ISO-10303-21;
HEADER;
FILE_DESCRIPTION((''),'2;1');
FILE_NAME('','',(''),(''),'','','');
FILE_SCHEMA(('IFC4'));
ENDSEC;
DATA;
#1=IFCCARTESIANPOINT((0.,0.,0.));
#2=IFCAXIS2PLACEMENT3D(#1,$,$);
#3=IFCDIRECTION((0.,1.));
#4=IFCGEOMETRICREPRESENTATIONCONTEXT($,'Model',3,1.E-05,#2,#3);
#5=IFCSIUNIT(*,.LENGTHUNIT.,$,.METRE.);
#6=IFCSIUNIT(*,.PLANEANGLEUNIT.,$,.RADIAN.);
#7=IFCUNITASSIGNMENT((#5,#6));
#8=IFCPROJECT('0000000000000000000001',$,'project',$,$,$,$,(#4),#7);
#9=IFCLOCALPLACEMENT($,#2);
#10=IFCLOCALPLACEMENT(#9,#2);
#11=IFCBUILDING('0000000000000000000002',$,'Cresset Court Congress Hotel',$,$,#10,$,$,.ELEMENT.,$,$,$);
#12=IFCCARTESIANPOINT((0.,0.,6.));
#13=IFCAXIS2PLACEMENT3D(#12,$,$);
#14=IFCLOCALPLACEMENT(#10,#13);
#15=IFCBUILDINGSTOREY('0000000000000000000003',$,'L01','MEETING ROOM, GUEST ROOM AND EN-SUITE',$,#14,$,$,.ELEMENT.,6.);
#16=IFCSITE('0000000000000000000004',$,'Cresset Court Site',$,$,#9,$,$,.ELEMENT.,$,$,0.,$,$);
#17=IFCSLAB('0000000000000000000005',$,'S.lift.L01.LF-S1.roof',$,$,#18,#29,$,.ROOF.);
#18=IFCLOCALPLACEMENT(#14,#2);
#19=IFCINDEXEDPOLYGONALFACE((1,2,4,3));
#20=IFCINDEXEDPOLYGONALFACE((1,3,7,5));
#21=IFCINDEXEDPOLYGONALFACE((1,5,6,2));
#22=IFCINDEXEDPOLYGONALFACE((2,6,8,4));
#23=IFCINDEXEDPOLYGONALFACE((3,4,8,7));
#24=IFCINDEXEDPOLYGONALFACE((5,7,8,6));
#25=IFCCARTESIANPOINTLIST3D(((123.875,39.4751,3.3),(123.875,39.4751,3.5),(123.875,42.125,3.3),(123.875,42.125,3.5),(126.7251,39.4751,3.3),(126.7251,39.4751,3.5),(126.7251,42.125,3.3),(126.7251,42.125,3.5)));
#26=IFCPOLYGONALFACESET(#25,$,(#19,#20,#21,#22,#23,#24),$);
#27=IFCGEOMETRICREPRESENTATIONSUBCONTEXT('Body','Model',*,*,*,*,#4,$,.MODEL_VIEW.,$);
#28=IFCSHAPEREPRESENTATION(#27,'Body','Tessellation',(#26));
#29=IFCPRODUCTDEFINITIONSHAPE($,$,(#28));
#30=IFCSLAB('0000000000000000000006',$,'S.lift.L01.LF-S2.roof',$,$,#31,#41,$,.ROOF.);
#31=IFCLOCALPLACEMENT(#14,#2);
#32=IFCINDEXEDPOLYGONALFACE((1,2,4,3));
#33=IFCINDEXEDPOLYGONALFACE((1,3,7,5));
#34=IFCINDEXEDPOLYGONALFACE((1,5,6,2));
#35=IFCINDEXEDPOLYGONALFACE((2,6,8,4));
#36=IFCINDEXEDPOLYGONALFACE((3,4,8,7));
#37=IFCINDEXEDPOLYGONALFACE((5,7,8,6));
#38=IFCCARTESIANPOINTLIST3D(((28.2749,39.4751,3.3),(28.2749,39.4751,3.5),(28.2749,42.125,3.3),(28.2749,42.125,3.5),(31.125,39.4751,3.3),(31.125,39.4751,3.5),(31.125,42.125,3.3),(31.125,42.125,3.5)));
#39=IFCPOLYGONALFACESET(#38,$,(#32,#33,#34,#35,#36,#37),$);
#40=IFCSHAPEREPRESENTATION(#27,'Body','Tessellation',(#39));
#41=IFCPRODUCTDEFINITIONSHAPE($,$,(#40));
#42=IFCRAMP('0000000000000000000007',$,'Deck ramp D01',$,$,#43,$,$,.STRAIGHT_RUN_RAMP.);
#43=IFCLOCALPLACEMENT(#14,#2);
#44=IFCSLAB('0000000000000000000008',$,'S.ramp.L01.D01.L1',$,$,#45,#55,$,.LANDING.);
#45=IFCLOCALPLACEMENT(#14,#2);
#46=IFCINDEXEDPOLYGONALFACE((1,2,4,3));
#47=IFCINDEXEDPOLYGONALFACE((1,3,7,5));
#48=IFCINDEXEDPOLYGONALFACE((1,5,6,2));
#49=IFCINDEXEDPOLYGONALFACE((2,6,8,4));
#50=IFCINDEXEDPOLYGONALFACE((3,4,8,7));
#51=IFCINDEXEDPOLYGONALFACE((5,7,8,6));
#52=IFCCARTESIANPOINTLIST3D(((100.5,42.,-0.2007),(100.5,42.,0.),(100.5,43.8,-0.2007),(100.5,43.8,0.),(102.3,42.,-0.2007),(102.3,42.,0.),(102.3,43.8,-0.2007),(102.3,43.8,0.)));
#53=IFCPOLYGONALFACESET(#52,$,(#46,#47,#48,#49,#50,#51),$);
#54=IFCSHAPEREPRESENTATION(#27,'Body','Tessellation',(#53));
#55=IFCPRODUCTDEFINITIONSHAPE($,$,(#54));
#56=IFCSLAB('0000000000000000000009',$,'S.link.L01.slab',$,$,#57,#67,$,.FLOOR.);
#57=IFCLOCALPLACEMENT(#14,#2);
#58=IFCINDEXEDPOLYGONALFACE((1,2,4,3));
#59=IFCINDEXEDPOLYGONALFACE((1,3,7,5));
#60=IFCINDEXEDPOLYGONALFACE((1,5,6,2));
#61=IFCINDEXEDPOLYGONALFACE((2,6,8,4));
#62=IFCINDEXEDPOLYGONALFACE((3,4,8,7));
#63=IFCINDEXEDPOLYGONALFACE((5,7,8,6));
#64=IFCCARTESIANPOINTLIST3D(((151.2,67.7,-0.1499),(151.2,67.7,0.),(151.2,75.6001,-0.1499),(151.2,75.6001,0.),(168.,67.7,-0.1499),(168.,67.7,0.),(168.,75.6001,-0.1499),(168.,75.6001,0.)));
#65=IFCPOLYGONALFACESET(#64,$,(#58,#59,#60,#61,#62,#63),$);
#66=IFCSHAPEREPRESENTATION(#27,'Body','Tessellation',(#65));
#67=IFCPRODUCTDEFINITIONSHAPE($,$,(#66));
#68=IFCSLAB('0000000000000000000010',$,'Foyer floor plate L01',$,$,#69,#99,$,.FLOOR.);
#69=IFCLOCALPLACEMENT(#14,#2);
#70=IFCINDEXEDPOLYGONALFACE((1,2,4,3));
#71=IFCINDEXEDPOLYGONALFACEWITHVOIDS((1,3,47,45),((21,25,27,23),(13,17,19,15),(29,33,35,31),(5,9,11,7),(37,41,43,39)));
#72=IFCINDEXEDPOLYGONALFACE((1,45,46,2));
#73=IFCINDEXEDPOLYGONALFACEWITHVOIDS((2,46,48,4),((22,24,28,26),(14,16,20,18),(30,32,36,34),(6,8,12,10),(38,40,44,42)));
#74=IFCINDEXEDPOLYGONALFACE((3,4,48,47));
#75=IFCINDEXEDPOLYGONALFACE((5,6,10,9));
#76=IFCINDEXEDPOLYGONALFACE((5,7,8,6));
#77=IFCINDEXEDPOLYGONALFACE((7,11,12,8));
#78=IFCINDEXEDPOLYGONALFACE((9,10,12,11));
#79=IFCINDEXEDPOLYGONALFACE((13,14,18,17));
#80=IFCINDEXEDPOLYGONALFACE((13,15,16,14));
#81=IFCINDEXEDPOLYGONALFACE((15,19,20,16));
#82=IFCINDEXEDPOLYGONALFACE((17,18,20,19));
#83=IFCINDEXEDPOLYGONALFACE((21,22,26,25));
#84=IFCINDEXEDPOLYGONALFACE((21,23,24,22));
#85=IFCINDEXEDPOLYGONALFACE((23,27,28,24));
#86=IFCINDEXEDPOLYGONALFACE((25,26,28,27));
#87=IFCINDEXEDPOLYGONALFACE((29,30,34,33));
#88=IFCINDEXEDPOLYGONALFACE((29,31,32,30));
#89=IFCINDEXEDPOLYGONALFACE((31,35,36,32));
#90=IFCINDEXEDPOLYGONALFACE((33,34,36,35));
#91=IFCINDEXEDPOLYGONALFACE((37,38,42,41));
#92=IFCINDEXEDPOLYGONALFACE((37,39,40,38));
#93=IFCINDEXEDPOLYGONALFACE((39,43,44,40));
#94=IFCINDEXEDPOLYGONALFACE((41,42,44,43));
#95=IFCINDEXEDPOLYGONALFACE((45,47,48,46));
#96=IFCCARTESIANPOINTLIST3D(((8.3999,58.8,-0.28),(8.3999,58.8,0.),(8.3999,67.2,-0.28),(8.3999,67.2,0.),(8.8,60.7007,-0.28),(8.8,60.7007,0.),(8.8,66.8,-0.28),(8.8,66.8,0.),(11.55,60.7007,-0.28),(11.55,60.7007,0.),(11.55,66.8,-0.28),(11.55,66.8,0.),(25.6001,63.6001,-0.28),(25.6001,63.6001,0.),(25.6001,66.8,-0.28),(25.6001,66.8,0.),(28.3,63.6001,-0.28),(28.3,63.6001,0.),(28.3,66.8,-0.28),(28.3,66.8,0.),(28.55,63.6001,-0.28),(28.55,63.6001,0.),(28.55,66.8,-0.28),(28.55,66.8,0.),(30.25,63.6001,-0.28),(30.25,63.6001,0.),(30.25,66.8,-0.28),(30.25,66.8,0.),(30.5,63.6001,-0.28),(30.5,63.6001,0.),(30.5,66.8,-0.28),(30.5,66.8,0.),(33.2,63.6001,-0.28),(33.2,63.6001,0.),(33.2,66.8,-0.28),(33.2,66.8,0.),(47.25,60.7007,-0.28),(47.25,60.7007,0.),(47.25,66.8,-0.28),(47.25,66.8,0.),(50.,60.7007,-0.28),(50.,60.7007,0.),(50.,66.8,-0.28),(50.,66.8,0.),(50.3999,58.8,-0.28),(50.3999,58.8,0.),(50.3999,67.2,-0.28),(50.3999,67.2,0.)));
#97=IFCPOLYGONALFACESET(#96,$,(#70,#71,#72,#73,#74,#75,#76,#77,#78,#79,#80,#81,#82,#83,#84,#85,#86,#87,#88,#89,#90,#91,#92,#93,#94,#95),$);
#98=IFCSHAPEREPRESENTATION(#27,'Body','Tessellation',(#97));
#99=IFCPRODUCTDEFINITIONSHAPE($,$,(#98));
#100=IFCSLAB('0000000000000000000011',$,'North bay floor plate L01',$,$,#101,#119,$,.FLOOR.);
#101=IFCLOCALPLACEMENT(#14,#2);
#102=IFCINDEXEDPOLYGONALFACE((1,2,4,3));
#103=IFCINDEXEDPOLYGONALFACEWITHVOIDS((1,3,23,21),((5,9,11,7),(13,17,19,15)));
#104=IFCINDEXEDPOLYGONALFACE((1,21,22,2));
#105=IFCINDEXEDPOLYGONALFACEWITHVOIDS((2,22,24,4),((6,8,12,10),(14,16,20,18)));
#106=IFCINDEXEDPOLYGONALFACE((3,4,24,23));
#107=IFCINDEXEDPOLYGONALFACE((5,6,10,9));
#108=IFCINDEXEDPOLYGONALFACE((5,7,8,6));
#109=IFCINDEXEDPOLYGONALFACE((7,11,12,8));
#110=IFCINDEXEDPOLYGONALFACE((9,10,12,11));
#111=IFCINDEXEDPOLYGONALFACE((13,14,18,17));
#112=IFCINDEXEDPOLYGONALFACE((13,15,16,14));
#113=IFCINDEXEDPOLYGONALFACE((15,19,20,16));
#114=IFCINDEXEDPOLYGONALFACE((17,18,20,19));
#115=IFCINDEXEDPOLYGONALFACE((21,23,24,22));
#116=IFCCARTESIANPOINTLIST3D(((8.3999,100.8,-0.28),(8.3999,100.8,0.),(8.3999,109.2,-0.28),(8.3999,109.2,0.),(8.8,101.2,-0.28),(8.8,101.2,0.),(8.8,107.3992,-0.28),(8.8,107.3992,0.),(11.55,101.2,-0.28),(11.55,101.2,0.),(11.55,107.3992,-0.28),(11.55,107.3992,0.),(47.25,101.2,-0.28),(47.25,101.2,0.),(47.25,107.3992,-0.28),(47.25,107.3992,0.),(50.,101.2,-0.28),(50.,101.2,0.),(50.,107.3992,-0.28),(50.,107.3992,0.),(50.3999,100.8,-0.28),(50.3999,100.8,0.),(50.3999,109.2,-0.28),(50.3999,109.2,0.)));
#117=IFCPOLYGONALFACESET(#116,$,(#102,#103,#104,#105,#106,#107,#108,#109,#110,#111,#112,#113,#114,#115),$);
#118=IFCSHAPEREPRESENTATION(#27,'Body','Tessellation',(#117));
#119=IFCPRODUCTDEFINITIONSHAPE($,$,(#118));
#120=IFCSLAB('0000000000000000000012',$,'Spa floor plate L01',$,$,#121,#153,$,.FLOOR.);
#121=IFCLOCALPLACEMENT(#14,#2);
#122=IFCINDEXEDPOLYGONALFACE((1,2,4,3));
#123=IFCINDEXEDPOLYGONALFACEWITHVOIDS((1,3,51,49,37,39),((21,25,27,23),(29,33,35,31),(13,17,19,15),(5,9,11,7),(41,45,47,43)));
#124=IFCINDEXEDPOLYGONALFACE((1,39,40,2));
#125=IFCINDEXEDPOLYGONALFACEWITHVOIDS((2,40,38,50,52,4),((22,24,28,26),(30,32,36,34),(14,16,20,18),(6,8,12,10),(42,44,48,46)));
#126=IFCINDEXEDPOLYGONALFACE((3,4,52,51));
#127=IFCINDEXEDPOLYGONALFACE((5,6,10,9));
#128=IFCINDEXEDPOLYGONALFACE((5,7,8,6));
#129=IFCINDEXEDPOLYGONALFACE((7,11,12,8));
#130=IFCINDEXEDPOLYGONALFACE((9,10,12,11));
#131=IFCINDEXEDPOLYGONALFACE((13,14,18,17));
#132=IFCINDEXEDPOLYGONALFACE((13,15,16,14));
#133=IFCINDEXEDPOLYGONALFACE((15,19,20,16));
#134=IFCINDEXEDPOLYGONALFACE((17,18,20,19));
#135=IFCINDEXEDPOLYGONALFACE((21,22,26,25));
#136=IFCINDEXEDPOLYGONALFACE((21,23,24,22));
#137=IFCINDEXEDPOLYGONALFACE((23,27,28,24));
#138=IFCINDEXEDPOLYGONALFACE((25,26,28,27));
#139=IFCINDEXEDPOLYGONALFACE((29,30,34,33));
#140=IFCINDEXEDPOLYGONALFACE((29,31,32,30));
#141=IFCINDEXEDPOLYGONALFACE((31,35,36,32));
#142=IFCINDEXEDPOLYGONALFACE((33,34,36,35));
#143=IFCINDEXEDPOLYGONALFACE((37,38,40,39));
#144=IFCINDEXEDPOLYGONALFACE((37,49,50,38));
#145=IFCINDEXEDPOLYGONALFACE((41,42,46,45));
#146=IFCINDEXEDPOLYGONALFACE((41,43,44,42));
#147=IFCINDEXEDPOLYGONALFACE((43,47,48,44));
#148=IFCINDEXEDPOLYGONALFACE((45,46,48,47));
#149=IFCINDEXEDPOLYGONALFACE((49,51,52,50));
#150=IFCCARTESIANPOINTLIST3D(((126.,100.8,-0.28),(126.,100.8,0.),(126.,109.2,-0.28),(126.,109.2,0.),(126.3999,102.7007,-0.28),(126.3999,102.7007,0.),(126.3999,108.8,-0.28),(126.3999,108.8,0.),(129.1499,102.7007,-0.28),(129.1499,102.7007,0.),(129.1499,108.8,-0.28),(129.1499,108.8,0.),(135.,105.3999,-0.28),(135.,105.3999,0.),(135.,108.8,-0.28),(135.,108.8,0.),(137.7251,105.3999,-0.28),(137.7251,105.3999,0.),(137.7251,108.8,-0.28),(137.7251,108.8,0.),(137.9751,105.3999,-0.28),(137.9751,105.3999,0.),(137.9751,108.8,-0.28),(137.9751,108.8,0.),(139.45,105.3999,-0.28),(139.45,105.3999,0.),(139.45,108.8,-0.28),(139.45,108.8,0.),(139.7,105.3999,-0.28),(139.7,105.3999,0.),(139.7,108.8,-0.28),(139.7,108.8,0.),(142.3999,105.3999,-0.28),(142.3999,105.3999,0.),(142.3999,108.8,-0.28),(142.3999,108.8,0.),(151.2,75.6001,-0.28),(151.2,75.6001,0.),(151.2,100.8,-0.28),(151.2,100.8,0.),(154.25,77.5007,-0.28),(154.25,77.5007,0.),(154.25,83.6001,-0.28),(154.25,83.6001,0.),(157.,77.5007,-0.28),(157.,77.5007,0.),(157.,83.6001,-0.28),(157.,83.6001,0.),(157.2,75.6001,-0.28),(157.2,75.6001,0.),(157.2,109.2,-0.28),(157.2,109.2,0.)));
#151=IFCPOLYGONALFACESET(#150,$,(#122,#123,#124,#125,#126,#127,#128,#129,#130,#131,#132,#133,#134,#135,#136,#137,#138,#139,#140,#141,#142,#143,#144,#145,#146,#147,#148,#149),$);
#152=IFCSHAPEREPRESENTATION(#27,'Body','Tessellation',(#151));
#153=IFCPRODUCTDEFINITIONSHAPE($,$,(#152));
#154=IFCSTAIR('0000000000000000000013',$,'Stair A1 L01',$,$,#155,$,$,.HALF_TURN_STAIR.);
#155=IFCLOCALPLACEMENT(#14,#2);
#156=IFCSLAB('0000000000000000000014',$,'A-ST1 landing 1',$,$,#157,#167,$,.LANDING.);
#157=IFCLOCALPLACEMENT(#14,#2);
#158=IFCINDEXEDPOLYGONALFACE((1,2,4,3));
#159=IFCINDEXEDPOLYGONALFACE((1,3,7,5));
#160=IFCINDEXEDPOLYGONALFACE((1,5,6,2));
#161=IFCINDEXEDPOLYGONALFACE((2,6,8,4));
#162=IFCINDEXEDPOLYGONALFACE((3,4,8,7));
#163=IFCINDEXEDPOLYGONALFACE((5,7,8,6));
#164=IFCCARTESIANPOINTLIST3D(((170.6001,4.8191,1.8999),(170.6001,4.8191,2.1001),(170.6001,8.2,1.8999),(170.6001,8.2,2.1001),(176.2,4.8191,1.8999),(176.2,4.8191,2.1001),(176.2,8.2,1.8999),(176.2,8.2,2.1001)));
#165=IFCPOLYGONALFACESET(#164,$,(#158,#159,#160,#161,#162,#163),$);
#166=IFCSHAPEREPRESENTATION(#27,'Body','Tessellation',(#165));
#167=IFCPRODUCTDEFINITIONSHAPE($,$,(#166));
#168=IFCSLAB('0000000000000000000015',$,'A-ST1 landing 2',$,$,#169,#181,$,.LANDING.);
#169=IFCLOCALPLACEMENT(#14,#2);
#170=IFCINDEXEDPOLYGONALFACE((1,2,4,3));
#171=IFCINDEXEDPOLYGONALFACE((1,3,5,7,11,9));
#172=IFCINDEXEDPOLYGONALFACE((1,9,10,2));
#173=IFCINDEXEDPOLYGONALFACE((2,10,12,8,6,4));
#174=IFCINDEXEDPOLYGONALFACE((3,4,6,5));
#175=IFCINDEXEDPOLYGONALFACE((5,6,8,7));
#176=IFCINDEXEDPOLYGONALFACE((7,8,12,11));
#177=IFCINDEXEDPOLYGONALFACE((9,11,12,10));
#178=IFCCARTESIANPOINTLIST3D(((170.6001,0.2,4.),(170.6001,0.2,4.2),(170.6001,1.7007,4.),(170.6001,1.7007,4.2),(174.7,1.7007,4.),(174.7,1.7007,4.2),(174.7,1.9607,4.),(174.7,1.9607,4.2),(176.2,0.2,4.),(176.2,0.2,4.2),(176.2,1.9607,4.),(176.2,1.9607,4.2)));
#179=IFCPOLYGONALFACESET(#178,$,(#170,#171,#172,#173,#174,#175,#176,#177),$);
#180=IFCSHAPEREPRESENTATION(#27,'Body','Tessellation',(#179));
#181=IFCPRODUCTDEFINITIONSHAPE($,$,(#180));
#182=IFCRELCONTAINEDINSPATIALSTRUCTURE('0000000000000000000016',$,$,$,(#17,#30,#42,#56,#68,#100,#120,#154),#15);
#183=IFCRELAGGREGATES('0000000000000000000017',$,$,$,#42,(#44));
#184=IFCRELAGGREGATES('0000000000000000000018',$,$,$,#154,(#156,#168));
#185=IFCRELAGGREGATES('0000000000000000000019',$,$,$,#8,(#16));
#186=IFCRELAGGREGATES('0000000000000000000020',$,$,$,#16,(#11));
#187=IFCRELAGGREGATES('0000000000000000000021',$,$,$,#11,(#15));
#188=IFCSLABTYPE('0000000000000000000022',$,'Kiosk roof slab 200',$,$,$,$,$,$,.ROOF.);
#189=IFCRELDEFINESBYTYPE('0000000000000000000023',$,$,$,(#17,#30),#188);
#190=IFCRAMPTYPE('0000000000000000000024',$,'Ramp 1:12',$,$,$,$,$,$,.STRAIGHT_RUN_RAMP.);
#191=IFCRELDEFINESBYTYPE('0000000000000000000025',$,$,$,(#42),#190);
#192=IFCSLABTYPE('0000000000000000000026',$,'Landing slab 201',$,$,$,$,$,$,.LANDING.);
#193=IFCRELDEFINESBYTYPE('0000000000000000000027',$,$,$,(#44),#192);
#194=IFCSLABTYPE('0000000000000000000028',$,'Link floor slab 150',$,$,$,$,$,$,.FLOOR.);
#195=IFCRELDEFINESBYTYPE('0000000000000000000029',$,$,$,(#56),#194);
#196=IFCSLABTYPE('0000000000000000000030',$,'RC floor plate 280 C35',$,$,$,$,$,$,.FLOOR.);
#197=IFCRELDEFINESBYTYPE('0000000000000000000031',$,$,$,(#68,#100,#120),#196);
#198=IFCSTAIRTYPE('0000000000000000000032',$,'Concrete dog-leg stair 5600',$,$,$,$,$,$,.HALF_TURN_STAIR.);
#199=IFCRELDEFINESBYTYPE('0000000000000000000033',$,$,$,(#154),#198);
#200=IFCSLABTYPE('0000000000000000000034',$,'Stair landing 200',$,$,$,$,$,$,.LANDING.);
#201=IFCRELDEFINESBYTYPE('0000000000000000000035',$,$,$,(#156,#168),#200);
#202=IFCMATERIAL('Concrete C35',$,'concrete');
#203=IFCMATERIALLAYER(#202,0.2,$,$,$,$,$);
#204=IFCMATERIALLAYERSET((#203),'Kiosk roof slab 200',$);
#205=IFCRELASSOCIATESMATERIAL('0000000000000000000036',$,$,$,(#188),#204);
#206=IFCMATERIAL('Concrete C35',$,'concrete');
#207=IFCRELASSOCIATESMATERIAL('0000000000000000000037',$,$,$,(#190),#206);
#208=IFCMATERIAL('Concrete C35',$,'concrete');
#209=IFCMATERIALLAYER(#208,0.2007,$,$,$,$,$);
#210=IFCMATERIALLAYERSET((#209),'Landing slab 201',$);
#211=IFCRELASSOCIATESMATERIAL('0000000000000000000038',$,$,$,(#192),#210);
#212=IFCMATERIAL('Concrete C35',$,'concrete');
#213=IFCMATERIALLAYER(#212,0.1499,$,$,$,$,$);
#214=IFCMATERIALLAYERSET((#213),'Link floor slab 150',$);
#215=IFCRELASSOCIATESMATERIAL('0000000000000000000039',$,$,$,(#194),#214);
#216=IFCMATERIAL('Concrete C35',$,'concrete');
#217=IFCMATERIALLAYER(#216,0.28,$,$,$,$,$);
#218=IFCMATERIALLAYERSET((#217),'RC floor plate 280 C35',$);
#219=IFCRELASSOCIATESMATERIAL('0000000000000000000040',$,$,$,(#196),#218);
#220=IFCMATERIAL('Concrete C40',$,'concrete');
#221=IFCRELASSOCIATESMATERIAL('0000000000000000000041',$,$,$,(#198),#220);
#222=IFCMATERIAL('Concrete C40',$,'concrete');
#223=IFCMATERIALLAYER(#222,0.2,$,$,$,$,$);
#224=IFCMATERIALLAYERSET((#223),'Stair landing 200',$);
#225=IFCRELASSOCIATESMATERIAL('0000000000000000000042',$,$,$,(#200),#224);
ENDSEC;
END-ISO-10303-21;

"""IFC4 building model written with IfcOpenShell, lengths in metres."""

from ifc_helpers import new_model, si_unit, direction, frame, origin, place, context, subcontext, project, spatial, polyline, outline, extrude, material, layer, layer_set, type_object, element, aggregate, save


model = new_model("IFC4")

# Units and contexts
model_context = context("Model", 3, precision=1e-05, world=origin(), true_north=direction((0.0, 1.0)))
body_context = subcontext(model_context, "Body", "Model", "MODEL_VIEW")
ifc_project = project(units=[si_unit("LENGTHUNIT", "METRE"), si_unit("PLANEANGLEUNIT", "RADIAN")], contexts=[model_context])

# Site, building, storey
site_placement = place(None, origin())
site = spatial("IfcSite", under=ifc_project, at=site_placement, Name="Cresset Court Site", CompositionType="ELEMENT", RefElevation=0.0)
building_placement = place(site_placement, origin())
building = spatial("IfcBuilding", under=site, at=building_placement, Name="Cresset Court Congress Hotel", CompositionType="ELEMENT")
storey_placement = place(building_placement, frame((0.0, 0.0, 6.0)))
storey = spatial("IfcBuildingStorey", under=building, at=storey_placement, Name="L01", Description="MEETING ROOM, GUEST ROOM AND EN-SUITE", CompositionType="ELEMENT", Elevation=6.0)

# Slabs
ifc_material_1 = material(Name="Concrete C35", Category="concrete")
ifc_layer_1 = layer(ifc_material_1, 0.2)
ifc_layer_set_1 = layer_set([ifc_layer_1], Name="Kiosk roof slab 200")
slab_type_1 = type_object("IfcSlabType", Name="Kiosk roof slab 200", PredefinedType="ROOF", material=ifc_layer_set_1)
slab_1_placement = place(storey_placement, frame((0.0, 0.0, 3.3)))
element("IfcSlab", 1, at=slab_1_placement, inside=storey, type_object=slab_type_1, Name="S.lift.L01.LF-S1.roof", PredefinedType="ROOF", context=body_context, shape_type="SweptSolid", body=[
    extrude(outline(polyline([(123.875, 39.4751), (126.7251, 39.4751), (126.7251, 42.125), (123.875, 42.125), (123.875, 39.4751)])), origin(), (0.0, 0.0, 1.0), 0.2),
])
slab_2_placement = place(storey_placement, frame((0.0, 0.0, 3.3)))
element("IfcSlab", 2, at=slab_2_placement, inside=storey, type_object=slab_type_1, Name="S.lift.L01.LF-S2.roof", PredefinedType="ROOF", context=body_context, shape_type="SweptSolid", body=[
    extrude(outline(polyline([(28.2749, 39.4751), (31.125, 39.4751), (31.125, 42.125), (28.2749, 42.125), (28.2749, 39.4751)])), origin(), (0.0, 0.0, 1.0), 0.2),
])

# Ramp, slab
ifc_material_2 = material(Name="Concrete C35", Category="concrete")
ramp_type = type_object("IfcRampType", Name="Ramp 1:12", PredefinedType="STRAIGHT_RUN_RAMP", material=ifc_material_2)
ramp_placement = place(storey_placement, origin())
ramp = element("IfcRamp", 3, at=ramp_placement, inside=storey, type_object=ramp_type, Name="Deck ramp D01", PredefinedType="STRAIGHT_RUN_RAMP")
ifc_material_3 = material(Name="Concrete C35", Category="concrete")
ifc_layer_2 = layer(ifc_material_3, 0.2007)
ifc_layer_set_2 = layer_set([ifc_layer_2], Name="Landing slab 201")
slab_type_2 = type_object("IfcSlabType", Name="Landing slab 201", PredefinedType="LANDING", material=ifc_layer_set_2)
slab_3_placement = place(storey_placement, frame((0.0, 0.0, -0.2007)))
slab_3 = element("IfcSlab", 4, at=slab_3_placement, type_object=slab_type_2, Name="S.ramp.L01.D01.L1", PredefinedType="LANDING", context=body_context, shape_type="SweptSolid", body=[
    extrude(outline(polyline([(100.5, 42.0), (102.3, 42.0), (102.3, 43.8), (100.5, 43.8), (100.5, 42.0)])), origin(), (0.0, 0.0, 1.0), 0.2007),
])
aggregate(ramp, [slab_3])

# Slabs
ifc_material_4 = material(Name="Concrete C35", Category="concrete")
ifc_layer_3 = layer(ifc_material_4, 0.1499)
ifc_layer_set_3 = layer_set([ifc_layer_3], Name="Link floor slab 150")
slab_type_3 = type_object("IfcSlabType", Name="Link floor slab 150", PredefinedType="FLOOR", material=ifc_layer_set_3)
slab_4_placement = place(storey_placement, frame((0.0, 0.0, -0.1499)))
element("IfcSlab", 5, at=slab_4_placement, inside=storey, type_object=slab_type_3, Name="S.link.L01.slab", PredefinedType="FLOOR", context=body_context, shape_type="SweptSolid", body=[
    extrude(outline(polyline([(151.2, 67.7), (168.0, 67.7), (168.0, 75.6001), (151.2, 75.6001), (151.2, 67.7)])), origin(), (0.0, 0.0, 1.0), 0.1499),
])
ifc_material_5 = material(Name="Concrete C35", Category="concrete")
ifc_layer_4 = layer(ifc_material_5, 0.28)
ifc_layer_set_4 = layer_set([ifc_layer_4], Name="RC floor plate 280 C35")
slab_type_4 = type_object("IfcSlabType", Name="RC floor plate 280 C35", PredefinedType="FLOOR", material=ifc_layer_set_4)
slab_5_placement = place(storey_placement, frame((0.0, 0.0, -0.28)))
element("IfcSlab", 6, at=slab_5_placement, inside=storey, type_object=slab_type_4, Name="Foyer floor plate L01", PredefinedType="FLOOR", context=body_context, shape_type="SweptSolid", body=[
    extrude(outline(polyline([(8.3999, 58.8), (50.3999, 58.8), (50.3999, 67.2), (8.3999, 67.2), (8.3999, 58.8)]), holes=[polyline([(11.55, 60.7007), (11.55, 66.8), (8.8, 66.8), (8.8, 60.7007), (11.55, 60.7007)]), polyline([(50.0, 60.7007), (50.0, 66.8), (47.25, 66.8), (47.25, 60.7007), (50.0, 60.7007)]), polyline([(25.6001, 63.6001), (28.3, 63.6001), (28.3, 66.8), (25.6001, 66.8), (25.6001, 63.6001)]), polyline([(30.5, 63.6001), (33.2, 63.6001), (33.2, 66.8), (30.5, 66.8), (30.5, 63.6001)]), polyline([(28.55, 63.6001), (30.25, 63.6001), (30.25, 66.8), (28.55, 66.8), (28.55, 63.6001)])]), origin(), (0.0, 0.0, 1.0), 0.28),
])
slab_6_placement = place(storey_placement, frame((0.0, 0.0, -0.28)))
element("IfcSlab", 7, at=slab_6_placement, inside=storey, type_object=slab_type_4, Name="North bay floor plate L01", PredefinedType="FLOOR", context=body_context, shape_type="SweptSolid", body=[
    extrude(outline(polyline([(8.3999, 100.8), (50.3999, 100.8), (50.3999, 109.2), (8.3999, 109.2), (8.3999, 100.8)]), holes=[polyline([(8.8, 107.3992), (8.8, 101.2), (11.55, 101.2), (11.55, 107.3992), (8.8, 107.3992)]), polyline([(47.25, 107.3992), (47.25, 101.2), (50.0, 101.2), (50.0, 107.3992), (47.25, 107.3992)])]), origin(), (0.0, 0.0, 1.0), 0.28),
])
slab_7_placement = place(storey_placement, frame((0.0, 0.0, -0.28)))
element("IfcSlab", 8, at=slab_7_placement, inside=storey, type_object=slab_type_4, Name="Spa floor plate L01", PredefinedType="FLOOR", context=body_context, shape_type="SweptSolid", body=[
    extrude(outline(polyline([(126.0, 100.8), (151.2, 100.8), (151.2, 75.6001), (157.2, 75.6001), (157.2, 109.2), (126.0, 109.2), (126.0, 100.8)]), holes=[polyline([(135.0, 105.3999), (137.7251, 105.3999), (137.7251, 108.8), (135.0, 108.8), (135.0, 105.3999)]), polyline([(139.7, 105.3999), (142.3999, 105.3999), (142.3999, 108.8), (139.7, 108.8), (139.7, 105.3999)]), polyline([(137.9751, 105.3999), (139.45, 105.3999), (139.45, 108.8), (137.9751, 108.8), (137.9751, 105.3999)]), polyline([(129.1499, 102.7007), (129.1499, 108.8), (126.3999, 108.8), (126.3999, 102.7007), (129.1499, 102.7007)]), polyline([(157.0, 77.5007), (157.0, 83.6001), (154.25, 83.6001), (154.25, 77.5007), (157.0, 77.5007)])]), origin(), (0.0, 0.0, 1.0), 0.28),
])

# Stair, slabs
ifc_material_6 = material(Name="Concrete C40", Category="concrete")
stair_type_1 = type_object("IfcStairType", Name="Concrete dog-leg stair 5600", PredefinedType="HALF_TURN_STAIR", material=ifc_material_6)
stair_1_placement = place(storey_placement, origin())
stair_1 = element("IfcStair", 9, at=stair_1_placement, inside=storey, type_object=stair_type_1, Name="Stair A1 L01", PredefinedType="HALF_TURN_STAIR")
ifc_material_7 = material(Name="Concrete C40", Category="concrete")
ifc_layer_5 = layer(ifc_material_7, 0.2)
ifc_layer_set_5 = layer_set([ifc_layer_5], Name="Stair landing 200")
slab_type_5 = type_object("IfcSlabType", Name="Stair landing 200", PredefinedType="LANDING", material=ifc_layer_set_5)
slab_8_placement = place(storey_placement, frame((0.0, 0.0, 1.8999)))
slab_8 = element("IfcSlab", 10, at=slab_8_placement, type_object=slab_type_5, Name="A-ST1 landing 1", PredefinedType="LANDING", context=body_context, shape_type="SweptSolid", body=[
    extrude(outline(polyline([(170.6001, 4.8191), (176.2, 4.8191), (176.2, 8.2), (170.6001, 8.2), (170.6001, 4.8191)])), origin(), (0.0, 0.0, 1.0), 0.2002),
])
slab_9_placement = place(storey_placement, frame((0.0, 0.0, 4.0)))
slab_9 = element("IfcSlab", 11, at=slab_9_placement, type_object=slab_type_5, Name="A-ST1 landing 2", PredefinedType="LANDING", context=body_context, shape_type="SweptSolid", body=[
    extrude(outline(polyline([(170.6001, 0.2), (176.2, 0.2), (176.2, 1.9607), (174.7, 1.9607), (174.7, 1.7007), (170.6001, 1.7007), (170.6001, 0.2)])), origin(), (0.0, 0.0, 1.0), 0.2),
])
aggregate(stair_1, [slab_8, slab_9])

save(model, "model.ifc")
